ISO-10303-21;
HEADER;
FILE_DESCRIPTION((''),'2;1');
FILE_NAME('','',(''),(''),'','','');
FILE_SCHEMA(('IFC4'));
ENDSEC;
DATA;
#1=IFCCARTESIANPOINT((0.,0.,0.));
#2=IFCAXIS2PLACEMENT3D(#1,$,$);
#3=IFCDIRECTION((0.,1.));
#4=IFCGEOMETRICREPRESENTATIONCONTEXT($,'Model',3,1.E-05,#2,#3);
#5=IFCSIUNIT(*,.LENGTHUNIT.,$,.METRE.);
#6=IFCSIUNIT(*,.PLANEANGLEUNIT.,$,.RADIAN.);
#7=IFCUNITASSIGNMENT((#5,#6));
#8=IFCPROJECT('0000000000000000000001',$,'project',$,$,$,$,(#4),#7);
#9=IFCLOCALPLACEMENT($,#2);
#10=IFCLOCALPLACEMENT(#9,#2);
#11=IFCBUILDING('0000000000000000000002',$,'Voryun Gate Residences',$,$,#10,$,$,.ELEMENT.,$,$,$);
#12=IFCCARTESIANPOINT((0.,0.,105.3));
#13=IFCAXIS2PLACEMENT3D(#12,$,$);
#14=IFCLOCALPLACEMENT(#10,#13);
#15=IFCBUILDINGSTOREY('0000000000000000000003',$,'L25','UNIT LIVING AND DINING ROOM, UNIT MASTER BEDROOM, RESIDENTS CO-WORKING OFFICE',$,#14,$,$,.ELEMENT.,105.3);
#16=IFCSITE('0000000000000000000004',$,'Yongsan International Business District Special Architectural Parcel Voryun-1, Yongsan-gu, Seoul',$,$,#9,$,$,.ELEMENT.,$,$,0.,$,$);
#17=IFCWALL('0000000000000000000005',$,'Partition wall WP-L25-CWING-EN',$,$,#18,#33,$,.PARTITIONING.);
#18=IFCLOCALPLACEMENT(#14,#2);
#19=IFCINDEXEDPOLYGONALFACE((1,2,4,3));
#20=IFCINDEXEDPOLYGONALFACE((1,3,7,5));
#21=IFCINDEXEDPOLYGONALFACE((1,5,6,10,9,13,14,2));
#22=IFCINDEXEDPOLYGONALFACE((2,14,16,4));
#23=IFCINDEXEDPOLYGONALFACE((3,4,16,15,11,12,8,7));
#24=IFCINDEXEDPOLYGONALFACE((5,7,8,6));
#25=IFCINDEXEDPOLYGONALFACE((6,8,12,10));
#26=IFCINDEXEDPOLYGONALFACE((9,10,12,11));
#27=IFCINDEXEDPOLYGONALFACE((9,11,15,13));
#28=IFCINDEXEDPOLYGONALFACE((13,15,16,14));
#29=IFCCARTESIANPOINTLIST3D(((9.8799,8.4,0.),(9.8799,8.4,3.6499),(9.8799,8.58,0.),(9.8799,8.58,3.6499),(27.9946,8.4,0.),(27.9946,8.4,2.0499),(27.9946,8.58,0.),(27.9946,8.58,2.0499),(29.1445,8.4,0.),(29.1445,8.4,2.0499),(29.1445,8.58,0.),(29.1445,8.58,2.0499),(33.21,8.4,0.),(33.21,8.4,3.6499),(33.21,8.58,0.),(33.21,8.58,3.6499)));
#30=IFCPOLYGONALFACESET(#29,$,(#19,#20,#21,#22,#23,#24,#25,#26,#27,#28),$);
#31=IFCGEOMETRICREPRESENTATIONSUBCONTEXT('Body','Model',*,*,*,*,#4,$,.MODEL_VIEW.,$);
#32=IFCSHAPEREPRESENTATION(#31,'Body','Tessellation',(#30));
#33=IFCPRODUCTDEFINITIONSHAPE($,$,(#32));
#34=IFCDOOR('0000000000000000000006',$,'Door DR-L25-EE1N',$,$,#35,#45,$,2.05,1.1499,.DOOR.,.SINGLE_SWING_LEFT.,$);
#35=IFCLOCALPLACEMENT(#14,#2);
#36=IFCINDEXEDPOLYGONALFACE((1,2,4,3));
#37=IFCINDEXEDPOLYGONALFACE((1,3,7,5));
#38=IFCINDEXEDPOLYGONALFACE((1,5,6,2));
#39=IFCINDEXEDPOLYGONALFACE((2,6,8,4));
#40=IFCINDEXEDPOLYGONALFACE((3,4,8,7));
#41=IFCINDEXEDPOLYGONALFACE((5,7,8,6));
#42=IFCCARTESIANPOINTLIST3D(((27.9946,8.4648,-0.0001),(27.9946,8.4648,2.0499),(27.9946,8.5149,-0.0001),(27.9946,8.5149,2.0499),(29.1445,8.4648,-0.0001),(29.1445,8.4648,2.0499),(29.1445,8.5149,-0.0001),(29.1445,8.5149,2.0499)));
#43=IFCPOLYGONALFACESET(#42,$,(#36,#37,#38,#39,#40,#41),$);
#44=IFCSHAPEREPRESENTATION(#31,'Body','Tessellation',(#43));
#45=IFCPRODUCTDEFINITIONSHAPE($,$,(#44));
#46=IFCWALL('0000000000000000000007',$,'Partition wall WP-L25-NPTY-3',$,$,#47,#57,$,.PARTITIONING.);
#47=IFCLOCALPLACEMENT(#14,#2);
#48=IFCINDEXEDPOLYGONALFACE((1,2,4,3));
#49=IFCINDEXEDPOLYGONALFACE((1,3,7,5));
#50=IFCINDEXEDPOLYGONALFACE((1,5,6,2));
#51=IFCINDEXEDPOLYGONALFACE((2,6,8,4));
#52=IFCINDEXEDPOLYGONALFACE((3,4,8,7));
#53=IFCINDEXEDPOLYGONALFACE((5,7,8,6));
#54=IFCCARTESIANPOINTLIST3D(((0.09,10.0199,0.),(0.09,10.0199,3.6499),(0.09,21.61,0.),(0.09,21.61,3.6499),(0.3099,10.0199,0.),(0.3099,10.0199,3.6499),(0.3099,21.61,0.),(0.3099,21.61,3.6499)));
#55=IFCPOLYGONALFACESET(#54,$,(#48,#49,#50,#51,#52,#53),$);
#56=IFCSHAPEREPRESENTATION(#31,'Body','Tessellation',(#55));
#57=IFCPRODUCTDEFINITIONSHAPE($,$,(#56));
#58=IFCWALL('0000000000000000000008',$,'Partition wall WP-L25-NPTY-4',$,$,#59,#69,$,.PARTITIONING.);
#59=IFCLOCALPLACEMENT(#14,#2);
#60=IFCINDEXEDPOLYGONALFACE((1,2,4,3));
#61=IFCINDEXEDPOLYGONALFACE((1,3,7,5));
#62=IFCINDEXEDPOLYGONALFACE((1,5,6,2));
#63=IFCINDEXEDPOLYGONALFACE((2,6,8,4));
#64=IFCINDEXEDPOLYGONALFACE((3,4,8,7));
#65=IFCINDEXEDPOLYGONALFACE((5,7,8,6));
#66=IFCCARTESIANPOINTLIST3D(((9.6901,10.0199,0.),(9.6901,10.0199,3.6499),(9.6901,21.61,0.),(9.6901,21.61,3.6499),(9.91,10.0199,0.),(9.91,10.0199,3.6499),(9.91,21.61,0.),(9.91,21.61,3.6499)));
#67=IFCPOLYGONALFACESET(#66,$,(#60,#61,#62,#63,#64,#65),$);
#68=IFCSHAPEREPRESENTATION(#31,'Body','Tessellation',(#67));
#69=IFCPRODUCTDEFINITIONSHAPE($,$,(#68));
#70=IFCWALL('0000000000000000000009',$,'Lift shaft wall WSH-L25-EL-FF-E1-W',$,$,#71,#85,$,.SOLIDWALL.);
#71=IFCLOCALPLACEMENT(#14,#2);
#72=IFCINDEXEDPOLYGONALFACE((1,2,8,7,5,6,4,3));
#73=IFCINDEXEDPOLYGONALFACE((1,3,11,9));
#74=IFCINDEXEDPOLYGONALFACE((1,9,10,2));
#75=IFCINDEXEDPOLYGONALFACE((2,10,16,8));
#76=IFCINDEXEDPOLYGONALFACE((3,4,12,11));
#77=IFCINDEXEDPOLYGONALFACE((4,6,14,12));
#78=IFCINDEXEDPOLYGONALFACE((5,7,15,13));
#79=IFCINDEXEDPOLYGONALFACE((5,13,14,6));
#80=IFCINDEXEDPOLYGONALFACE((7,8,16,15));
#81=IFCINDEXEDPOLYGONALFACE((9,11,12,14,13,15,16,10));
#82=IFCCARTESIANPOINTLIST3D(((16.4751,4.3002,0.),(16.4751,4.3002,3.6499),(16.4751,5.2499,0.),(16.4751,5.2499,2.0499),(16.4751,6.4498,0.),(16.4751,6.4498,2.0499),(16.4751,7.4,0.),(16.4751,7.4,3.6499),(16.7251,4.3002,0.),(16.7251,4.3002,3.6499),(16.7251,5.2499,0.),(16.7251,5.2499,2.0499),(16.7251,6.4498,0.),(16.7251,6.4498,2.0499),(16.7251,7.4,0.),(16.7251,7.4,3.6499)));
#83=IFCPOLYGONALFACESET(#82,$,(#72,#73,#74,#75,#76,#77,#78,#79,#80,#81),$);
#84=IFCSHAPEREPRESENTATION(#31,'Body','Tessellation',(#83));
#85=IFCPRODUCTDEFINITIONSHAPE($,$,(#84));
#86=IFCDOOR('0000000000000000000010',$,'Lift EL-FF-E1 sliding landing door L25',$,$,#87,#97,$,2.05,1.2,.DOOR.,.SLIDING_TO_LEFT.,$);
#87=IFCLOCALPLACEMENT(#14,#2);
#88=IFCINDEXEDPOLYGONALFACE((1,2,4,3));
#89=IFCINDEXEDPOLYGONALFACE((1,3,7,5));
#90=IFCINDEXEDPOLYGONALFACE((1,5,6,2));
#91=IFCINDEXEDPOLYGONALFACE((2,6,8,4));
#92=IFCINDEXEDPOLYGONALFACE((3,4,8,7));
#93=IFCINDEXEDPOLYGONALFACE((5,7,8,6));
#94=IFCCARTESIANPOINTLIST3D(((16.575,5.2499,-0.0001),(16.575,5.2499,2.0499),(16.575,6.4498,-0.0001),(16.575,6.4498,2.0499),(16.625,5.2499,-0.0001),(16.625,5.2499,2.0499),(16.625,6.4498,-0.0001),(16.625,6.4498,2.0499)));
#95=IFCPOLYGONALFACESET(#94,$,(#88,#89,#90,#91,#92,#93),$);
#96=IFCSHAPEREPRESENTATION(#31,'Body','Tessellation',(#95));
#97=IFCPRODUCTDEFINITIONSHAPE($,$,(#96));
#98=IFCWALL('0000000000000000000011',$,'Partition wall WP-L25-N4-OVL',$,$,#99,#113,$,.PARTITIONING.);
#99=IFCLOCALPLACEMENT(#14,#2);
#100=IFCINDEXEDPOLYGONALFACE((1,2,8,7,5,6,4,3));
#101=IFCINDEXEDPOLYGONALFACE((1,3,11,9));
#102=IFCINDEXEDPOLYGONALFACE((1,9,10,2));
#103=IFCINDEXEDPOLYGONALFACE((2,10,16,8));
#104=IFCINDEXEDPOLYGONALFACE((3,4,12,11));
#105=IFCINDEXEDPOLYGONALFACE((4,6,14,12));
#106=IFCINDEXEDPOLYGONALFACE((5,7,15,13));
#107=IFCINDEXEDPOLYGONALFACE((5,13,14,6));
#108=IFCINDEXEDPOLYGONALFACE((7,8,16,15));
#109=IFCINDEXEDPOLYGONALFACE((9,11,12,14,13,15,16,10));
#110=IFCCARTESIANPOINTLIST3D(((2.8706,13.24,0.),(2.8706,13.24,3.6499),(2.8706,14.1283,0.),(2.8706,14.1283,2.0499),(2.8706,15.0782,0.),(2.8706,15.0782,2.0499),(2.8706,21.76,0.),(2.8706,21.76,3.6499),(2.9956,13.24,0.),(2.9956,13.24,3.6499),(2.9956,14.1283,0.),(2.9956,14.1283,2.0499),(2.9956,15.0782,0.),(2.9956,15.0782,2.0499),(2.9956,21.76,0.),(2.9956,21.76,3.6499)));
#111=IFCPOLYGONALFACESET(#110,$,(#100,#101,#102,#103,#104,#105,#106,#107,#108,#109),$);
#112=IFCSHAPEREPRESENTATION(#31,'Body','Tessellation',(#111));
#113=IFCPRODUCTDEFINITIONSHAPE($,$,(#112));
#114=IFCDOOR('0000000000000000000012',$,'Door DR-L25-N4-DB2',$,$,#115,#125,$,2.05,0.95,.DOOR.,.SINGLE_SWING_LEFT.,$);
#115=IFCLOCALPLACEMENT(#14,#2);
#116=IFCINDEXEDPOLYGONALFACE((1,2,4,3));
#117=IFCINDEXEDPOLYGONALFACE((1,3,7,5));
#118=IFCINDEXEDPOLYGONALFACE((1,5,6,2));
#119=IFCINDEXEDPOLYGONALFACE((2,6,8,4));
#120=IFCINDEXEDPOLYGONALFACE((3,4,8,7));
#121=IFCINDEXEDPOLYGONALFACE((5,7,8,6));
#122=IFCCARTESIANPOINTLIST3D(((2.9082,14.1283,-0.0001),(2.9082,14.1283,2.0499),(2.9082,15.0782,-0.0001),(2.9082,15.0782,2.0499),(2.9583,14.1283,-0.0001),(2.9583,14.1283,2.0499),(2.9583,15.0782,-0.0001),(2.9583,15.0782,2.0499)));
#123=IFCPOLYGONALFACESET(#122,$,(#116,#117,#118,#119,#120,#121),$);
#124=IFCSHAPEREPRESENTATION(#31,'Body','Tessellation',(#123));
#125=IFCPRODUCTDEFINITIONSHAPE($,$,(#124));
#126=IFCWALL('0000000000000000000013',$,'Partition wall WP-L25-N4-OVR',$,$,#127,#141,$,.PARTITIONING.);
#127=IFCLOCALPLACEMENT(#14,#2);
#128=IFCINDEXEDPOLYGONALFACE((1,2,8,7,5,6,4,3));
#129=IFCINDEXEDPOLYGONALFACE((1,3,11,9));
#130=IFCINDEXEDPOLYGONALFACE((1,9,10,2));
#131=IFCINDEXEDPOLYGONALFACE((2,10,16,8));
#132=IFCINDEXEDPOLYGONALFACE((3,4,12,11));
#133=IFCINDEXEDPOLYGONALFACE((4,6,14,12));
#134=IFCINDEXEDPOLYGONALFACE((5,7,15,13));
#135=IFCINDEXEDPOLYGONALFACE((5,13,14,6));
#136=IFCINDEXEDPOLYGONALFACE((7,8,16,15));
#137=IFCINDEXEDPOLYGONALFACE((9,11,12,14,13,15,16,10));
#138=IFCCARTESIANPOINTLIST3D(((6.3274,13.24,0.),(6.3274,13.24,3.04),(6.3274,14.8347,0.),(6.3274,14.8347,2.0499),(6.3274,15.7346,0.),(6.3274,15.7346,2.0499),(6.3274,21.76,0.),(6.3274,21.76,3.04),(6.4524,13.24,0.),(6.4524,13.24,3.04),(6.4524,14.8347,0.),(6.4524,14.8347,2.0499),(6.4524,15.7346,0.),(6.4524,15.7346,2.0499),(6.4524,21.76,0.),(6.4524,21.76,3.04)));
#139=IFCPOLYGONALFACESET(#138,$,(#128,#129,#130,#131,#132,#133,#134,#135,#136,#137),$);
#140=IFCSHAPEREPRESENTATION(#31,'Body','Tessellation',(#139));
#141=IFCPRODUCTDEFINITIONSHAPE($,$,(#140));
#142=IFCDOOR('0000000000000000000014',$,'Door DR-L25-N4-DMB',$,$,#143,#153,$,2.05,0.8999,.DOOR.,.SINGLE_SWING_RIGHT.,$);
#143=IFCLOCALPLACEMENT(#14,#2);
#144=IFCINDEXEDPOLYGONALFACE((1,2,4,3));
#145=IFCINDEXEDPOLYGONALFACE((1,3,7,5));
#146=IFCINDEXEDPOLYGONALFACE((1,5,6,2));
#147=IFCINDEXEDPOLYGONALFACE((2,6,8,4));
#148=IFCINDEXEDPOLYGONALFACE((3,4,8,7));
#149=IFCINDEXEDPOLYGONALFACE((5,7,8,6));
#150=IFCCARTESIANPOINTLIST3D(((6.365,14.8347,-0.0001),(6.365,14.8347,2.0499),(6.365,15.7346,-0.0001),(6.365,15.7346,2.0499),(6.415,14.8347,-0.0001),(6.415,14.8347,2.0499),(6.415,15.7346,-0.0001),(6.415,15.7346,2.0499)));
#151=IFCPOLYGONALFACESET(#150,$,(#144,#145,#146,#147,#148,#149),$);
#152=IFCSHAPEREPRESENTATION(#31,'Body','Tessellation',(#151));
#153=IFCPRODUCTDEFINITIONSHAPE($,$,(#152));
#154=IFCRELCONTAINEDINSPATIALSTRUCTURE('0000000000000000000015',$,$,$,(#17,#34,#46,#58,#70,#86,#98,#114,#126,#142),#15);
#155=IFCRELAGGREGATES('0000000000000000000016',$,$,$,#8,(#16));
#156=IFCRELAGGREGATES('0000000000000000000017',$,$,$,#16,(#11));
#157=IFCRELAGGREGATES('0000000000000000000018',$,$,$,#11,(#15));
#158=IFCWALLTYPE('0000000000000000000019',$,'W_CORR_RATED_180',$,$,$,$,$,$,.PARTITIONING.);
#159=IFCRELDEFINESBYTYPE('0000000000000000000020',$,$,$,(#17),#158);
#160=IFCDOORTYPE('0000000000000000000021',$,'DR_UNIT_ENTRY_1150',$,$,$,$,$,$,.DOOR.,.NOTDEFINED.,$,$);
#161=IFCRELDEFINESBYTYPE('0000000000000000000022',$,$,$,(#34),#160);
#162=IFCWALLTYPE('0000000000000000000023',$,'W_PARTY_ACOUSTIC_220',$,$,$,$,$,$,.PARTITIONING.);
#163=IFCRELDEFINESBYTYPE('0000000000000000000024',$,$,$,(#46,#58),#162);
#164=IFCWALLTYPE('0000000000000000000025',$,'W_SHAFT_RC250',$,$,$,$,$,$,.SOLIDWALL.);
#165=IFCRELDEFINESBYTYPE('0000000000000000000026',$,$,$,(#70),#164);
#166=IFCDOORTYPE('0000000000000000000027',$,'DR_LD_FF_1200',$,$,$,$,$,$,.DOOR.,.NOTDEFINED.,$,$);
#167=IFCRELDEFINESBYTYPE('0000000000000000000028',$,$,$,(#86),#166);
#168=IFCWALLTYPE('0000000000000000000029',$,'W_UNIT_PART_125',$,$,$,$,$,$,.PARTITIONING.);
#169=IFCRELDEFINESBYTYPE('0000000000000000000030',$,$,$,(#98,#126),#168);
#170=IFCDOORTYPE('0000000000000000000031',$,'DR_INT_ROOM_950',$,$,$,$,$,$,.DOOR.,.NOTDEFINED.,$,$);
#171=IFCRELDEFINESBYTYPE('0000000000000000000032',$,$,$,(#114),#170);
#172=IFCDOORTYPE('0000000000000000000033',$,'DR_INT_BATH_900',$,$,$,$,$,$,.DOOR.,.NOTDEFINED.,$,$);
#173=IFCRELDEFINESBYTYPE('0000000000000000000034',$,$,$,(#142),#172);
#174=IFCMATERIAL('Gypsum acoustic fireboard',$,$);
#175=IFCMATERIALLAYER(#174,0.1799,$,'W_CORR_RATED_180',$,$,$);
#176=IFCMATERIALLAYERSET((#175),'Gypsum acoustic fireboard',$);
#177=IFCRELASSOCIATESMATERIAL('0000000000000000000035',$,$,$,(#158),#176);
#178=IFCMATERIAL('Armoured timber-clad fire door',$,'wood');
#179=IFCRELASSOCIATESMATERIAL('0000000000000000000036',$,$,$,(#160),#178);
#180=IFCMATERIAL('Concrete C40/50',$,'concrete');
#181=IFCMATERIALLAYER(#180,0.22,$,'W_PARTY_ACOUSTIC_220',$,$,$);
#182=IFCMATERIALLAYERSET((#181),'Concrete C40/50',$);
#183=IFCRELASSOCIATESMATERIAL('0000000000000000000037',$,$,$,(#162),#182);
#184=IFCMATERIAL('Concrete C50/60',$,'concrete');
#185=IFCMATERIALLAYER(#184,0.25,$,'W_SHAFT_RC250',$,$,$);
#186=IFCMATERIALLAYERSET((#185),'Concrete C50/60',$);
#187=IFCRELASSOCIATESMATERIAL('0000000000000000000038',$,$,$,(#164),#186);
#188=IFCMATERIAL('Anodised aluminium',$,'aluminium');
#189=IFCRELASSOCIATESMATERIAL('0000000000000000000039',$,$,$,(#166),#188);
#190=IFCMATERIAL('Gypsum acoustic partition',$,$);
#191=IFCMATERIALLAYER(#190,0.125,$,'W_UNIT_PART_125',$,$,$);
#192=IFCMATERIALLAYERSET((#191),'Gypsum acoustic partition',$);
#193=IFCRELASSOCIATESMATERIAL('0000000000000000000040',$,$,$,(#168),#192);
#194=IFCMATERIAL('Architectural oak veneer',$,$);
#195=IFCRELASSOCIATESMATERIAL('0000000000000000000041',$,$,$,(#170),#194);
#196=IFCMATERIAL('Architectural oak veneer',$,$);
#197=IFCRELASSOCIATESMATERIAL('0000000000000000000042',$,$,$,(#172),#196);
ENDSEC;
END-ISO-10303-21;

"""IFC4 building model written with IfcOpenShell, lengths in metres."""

from ifc_helpers import new_model, si_unit, direction, frame, frame_2d, origin, place, context, subcontext, project, spatial, rectangle, extrude, material, layer, layer_set, type_object, element, fill, save


model = new_model("IFC4")

# Units and contexts
model_context = context("Model", 3, precision=1e-05, world=origin(), true_north=direction((0.0, 1.0)))
body_context = subcontext(model_context, "Body", "Model", "MODEL_VIEW")
ifc_project = project(units=[si_unit("LENGTHUNIT", "METRE"), si_unit("PLANEANGLEUNIT", "RADIAN")], contexts=[model_context])

# Site, building, storey
site_placement = place(None, origin())
site = spatial("IfcSite", under=ifc_project, at=site_placement, Name="Yongsan International Business District Special Architectural Parcel Voryun-1, Yongsan-gu, Seoul", CompositionType="ELEMENT", RefElevation=0.0)
building_placement = place(site_placement, origin())
building = spatial("IfcBuilding", under=site, at=building_placement, Name="Voryun Gate Residences", CompositionType="ELEMENT")
storey_placement = place(building_placement, frame((0.0, 0.0, 105.3)))
storey = spatial("IfcBuildingStorey", under=building, at=storey_placement, Name="L25", Description="UNIT LIVING AND DINING ROOM, UNIT MASTER BEDROOM, RESIDENTS CO-WORKING OFFICE", CompositionType="ELEMENT", Elevation=105.3)

# Wall, opening, door
ifc_material_1 = material(Name="Gypsum acoustic fireboard")
ifc_layer_1 = layer(ifc_material_1, 0.1799, Name="W_CORR_RATED_180")
ifc_layer_set_1 = layer_set([ifc_layer_1], Name="Gypsum acoustic fireboard")
wall_type_1 = type_object("IfcWallType", Name="W_CORR_RATED_180", PredefinedType="PARTITIONING", material=ifc_layer_set_1)
wall_1_placement = place(storey_placement, frame((9.8799, 8.49, 0.0), z_axis=(0.0, 0.0, 1.0), x_axis=(1.0, 0.0, 0.0)))
wall_1 = element("IfcWall", 1, at=wall_1_placement, inside=storey, type_object=wall_type_1, Name="Partition wall WP-L25-CWING-EN", PredefinedType="PARTITIONING", context=body_context, shape_type="SweptSolid", body=[
    extrude(rectangle(XDim=23.3301, YDim=0.1799, at=frame_2d((11.665, 0.0))), origin(), (0.0, 0.0, 1.0), 3.6499),
])
opening_1_placement = place(wall_1_placement, frame((18.1147, 0.0, 0.0)))
opening_1 = element("IfcOpeningElement", 2, at=opening_1_placement, cuts=wall_1, PredefinedType="OPENING", context=body_context, shape_type="SweptSolid", body=[
    extrude(rectangle(XDim=1.1499, YDim=2.05, at=frame_2d((0.575, 1.0249))), frame((0.0, 0.0999, 0.0), z_axis=(0.0, -1.0, 0.0), x_axis=(1.0, 0.0, 0.0)), (0.0, 0.0, 1.0), 0.2),
])
ifc_material_2 = material(Name="Armoured timber-clad fire door", Category="wood")
door_type_1 = type_object("IfcDoorType", Name="DR_UNIT_ENTRY_1150", OperationType="NOTDEFINED", PredefinedType="DOOR", material=ifc_material_2)
door_1_placement = place(opening_1_placement, origin())
door_1 = element("IfcDoor", 3, at=door_1_placement, inside=storey, type_object=door_type_1, Name="Door DR-L25-EE1N", OperationType="SINGLE_SWING_LEFT", OverallHeight=2.05, OverallWidth=1.1499, PredefinedType="DOOR", context=body_context, shape_type="SweptSolid", body=[
    extrude(rectangle(XDim=1.1499, YDim=2.05, at=frame_2d((0.575, 1.0249))), frame((0.0, 0.0249, 0.0), z_axis=(0.0, -1.0, 0.0), x_axis=(1.0, 0.0, 0.0)), (0.0, 0.0, 1.0), 0.05),
])
fill(opening_1, door_1)

# Walls
ifc_material_3 = material(Name="Concrete C40/50", Category="concrete")
ifc_layer_2 = layer(ifc_material_3, 0.22, Name="W_PARTY_ACOUSTIC_220")
ifc_layer_set_2 = layer_set([ifc_layer_2], Name="Concrete C40/50")
wall_type_2 = type_object("IfcWallType", Name="W_PARTY_ACOUSTIC_220", PredefinedType="PARTITIONING", material=ifc_layer_set_2)
for number, where, z_axis, x_axis, name in (
    (4, (0.2, 10.02, 0.0), (0.0, 0.0, 1.0), (0.0, 1.0, 0.0), "Partition wall WP-L25-NPTY-3"),
    (5, (9.8, 10.02, 0.0), (0.0, 0.0, 1.0), (0.0, 1.0, 0.0), "Partition wall WP-L25-NPTY-4"),
):
    element("IfcWall", number, at=place(storey_placement, frame(where, z_axis=z_axis, x_axis=x_axis)), inside=storey, type_object=wall_type_2, Name=name, PredefinedType="PARTITIONING", context=body_context, shape_type="SweptSolid", body=[
        extrude(rectangle(XDim=11.5901, YDim=0.22, at=frame_2d((5.7949, 0.0))), origin(), (0.0, 0.0, 1.0), 3.6499),
    ])

# Walls, openings, doors
ifc_material_4 = material(Name="Concrete C50/60", Category="concrete")
ifc_layer_3 = layer(ifc_material_4, 0.25, Name="W_SHAFT_RC250")
ifc_layer_set_3 = layer_set([ifc_layer_3], Name="Concrete C50/60")
wall_type_3 = type_object("IfcWallType", Name="W_SHAFT_RC250", PredefinedType="SOLIDWALL", material=ifc_layer_set_3)
wall_2_placement = place(storey_placement, frame((16.6001, 7.3999, 0.0), z_axis=(0.0, 0.0, 1.0), x_axis=(0.0, -1.0, 0.0)))
wall_2 = element("IfcWall", 6, at=wall_2_placement, inside=storey, type_object=wall_type_3, Name="Lift shaft wall WSH-L25-EL-FF-E1-W", PredefinedType="SOLIDWALL", context=body_context, shape_type="SweptSolid", body=[
    extrude(rectangle(XDim=3.0999, YDim=0.25, at=frame_2d((1.5498, 0.0))), origin(), (0.0, 0.0, 1.0), 3.6499),
])
opening_2_placement = place(wall_2_placement, frame((0.95, 0.0, 0.0)))
opening_2 = element("IfcOpeningElement", 7, at=opening_2_placement, cuts=wall_2, PredefinedType="OPENING", context=body_context, shape_type="SweptSolid", body=[
    extrude(rectangle(XDim=1.2, YDim=2.05, at=frame_2d((0.6001, 1.0249))), frame((0.0, 0.135, 0.0), z_axis=(0.0, -1.0, 0.0), x_axis=(1.0, 0.0, 0.0)), (0.0, 0.0, 1.0), 0.27),
])
ifc_material_5 = material(Name="Anodised aluminium", Category="aluminium")
door_type_2 = type_object("IfcDoorType", Name="DR_LD_FF_1200", OperationType="NOTDEFINED", PredefinedType="DOOR", material=ifc_material_5)
door_2_placement = place(opening_2_placement, origin())
door_2 = element("IfcDoor", 8, at=door_2_placement, inside=storey, type_object=door_type_2, Name="Lift EL-FF-E1 sliding landing door L25", OperationType="SLIDING_TO_LEFT", OverallHeight=2.05, OverallWidth=1.2, PredefinedType="DOOR", context=body_context, shape_type="SweptSolid", body=[
    extrude(rectangle(XDim=1.2, YDim=2.05, at=frame_2d((0.6001, 1.0249))), frame((0.0, 0.0249, 0.0), z_axis=(0.0, -1.0, 0.0), x_axis=(1.0, 0.0, 0.0)), (0.0, 0.0, 1.0), 0.05),
])
fill(opening_2, door_2)
ifc_material_6 = material(Name="Gypsum acoustic partition")
ifc_layer_4 = layer(ifc_material_6, 0.125, Name="W_UNIT_PART_125")
ifc_layer_set_4 = layer_set([ifc_layer_4], Name="Gypsum acoustic partition")
wall_type_4 = type_object("IfcWallType", Name="W_UNIT_PART_125", PredefinedType="PARTITIONING", material=ifc_layer_set_4)
wall_3_placement = place(storey_placement, frame((2.9331, 13.24, 0.0), z_axis=(0.0, 0.0, 1.0), x_axis=(0.0, 1.0, 0.0)))
wall_3 = element("IfcWall", 9, at=wall_3_placement, inside=storey, type_object=wall_type_4, Name="Partition wall WP-L25-N4-OVL", PredefinedType="PARTITIONING", context=body_context, shape_type="SweptSolid", body=[
    extrude(rectangle(XDim=8.52, YDim=0.125, at=frame_2d((4.26, 0.0))), origin(), (0.0, 0.0, 1.0), 3.6499),
])
opening_3_placement = place(wall_3_placement, frame((0.8882, 0.0, 0.0)))
opening_3 = element("IfcOpeningElement", 10, at=opening_3_placement, cuts=wall_3, PredefinedType="OPENING", context=body_context, shape_type="SweptSolid", body=[
    extrude(rectangle(XDim=0.95, YDim=2.05, at=frame_2d((0.4751, 1.0249))), frame((0.0, 0.0725, 0.0), z_axis=(0.0, -1.0, 0.0), x_axis=(1.0, 0.0, 0.0)), (0.0, 0.0, 1.0), 0.145),
])
ifc_material_7 = material(Name="Architectural oak veneer")
door_type_3 = type_object("IfcDoorType", Name="DR_INT_ROOM_950", OperationType="NOTDEFINED", PredefinedType="DOOR", material=ifc_material_7)
door_3_placement = place(opening_3_placement, origin())
door_3 = element("IfcDoor", 11, at=door_3_placement, inside=storey, type_object=door_type_3, Name="Door DR-L25-N4-DB2", OperationType="SINGLE_SWING_LEFT", OverallHeight=2.05, OverallWidth=0.95, PredefinedType="DOOR", context=body_context, shape_type="SweptSolid", body=[
    extrude(rectangle(XDim=0.95, YDim=2.05, at=frame_2d((0.4751, 1.0249))), frame((0.0, 0.0249, 0.0), z_axis=(0.0, -1.0, 0.0), x_axis=(1.0, 0.0, 0.0)), (0.0, 0.0, 1.0), 0.05),
])
fill(opening_3, door_3)
wall_4_placement = place(storey_placement, frame((6.3899, 13.24, 0.0), z_axis=(0.0, 0.0, 1.0), x_axis=(0.0, 1.0, 0.0)))
wall_4 = element("IfcWall", 12, at=wall_4_placement, inside=storey, type_object=wall_type_4, Name="Partition wall WP-L25-N4-OVR", PredefinedType="PARTITIONING", context=body_context, shape_type="SweptSolid", body=[
    extrude(rectangle(XDim=8.52, YDim=0.125, at=frame_2d((4.26, 0.0))), origin(), (0.0, 0.0, 1.0), 3.04),
])
opening_4_placement = place(wall_4_placement, frame((1.5947, 0.0, 0.0)))
opening_4 = element("IfcOpeningElement", 13, at=opening_4_placement, cuts=wall_4, PredefinedType="OPENING", context=body_context, shape_type="SweptSolid", body=[
    extrude(rectangle(XDim=0.8999, YDim=2.05, at=frame_2d((0.45, 1.0249))), frame((0.0, 0.0725, 0.0), z_axis=(0.0, -1.0, 0.0), x_axis=(1.0, 0.0, 0.0)), (0.0, 0.0, 1.0), 0.145),
])
ifc_material_8 = material(Name="Architectural oak veneer")
door_type_4 = type_object("IfcDoorType", Name="DR_INT_BATH_900", OperationType="NOTDEFINED", PredefinedType="DOOR", material=ifc_material_8)
door_4_placement = place(opening_4_placement, origin())
door_4 = element("IfcDoor", 14, at=door_4_placement, inside=storey, type_object=door_type_4, Name="Door DR-L25-N4-DMB", OperationType="SINGLE_SWING_RIGHT", OverallHeight=2.05, OverallWidth=0.8999, PredefinedType="DOOR", context=body_context, shape_type="SweptSolid", body=[
    extrude(rectangle(XDim=0.8999, YDim=2.05, at=frame_2d((0.45, 1.0249))), frame((0.0, 0.0249, 0.0), z_axis=(0.0, -1.0, 0.0), x_axis=(1.0, 0.0, 0.0)), (0.0, 0.0, 1.0), 0.05),
])
fill(opening_4, door_4)

save(model, "model.ifc")
